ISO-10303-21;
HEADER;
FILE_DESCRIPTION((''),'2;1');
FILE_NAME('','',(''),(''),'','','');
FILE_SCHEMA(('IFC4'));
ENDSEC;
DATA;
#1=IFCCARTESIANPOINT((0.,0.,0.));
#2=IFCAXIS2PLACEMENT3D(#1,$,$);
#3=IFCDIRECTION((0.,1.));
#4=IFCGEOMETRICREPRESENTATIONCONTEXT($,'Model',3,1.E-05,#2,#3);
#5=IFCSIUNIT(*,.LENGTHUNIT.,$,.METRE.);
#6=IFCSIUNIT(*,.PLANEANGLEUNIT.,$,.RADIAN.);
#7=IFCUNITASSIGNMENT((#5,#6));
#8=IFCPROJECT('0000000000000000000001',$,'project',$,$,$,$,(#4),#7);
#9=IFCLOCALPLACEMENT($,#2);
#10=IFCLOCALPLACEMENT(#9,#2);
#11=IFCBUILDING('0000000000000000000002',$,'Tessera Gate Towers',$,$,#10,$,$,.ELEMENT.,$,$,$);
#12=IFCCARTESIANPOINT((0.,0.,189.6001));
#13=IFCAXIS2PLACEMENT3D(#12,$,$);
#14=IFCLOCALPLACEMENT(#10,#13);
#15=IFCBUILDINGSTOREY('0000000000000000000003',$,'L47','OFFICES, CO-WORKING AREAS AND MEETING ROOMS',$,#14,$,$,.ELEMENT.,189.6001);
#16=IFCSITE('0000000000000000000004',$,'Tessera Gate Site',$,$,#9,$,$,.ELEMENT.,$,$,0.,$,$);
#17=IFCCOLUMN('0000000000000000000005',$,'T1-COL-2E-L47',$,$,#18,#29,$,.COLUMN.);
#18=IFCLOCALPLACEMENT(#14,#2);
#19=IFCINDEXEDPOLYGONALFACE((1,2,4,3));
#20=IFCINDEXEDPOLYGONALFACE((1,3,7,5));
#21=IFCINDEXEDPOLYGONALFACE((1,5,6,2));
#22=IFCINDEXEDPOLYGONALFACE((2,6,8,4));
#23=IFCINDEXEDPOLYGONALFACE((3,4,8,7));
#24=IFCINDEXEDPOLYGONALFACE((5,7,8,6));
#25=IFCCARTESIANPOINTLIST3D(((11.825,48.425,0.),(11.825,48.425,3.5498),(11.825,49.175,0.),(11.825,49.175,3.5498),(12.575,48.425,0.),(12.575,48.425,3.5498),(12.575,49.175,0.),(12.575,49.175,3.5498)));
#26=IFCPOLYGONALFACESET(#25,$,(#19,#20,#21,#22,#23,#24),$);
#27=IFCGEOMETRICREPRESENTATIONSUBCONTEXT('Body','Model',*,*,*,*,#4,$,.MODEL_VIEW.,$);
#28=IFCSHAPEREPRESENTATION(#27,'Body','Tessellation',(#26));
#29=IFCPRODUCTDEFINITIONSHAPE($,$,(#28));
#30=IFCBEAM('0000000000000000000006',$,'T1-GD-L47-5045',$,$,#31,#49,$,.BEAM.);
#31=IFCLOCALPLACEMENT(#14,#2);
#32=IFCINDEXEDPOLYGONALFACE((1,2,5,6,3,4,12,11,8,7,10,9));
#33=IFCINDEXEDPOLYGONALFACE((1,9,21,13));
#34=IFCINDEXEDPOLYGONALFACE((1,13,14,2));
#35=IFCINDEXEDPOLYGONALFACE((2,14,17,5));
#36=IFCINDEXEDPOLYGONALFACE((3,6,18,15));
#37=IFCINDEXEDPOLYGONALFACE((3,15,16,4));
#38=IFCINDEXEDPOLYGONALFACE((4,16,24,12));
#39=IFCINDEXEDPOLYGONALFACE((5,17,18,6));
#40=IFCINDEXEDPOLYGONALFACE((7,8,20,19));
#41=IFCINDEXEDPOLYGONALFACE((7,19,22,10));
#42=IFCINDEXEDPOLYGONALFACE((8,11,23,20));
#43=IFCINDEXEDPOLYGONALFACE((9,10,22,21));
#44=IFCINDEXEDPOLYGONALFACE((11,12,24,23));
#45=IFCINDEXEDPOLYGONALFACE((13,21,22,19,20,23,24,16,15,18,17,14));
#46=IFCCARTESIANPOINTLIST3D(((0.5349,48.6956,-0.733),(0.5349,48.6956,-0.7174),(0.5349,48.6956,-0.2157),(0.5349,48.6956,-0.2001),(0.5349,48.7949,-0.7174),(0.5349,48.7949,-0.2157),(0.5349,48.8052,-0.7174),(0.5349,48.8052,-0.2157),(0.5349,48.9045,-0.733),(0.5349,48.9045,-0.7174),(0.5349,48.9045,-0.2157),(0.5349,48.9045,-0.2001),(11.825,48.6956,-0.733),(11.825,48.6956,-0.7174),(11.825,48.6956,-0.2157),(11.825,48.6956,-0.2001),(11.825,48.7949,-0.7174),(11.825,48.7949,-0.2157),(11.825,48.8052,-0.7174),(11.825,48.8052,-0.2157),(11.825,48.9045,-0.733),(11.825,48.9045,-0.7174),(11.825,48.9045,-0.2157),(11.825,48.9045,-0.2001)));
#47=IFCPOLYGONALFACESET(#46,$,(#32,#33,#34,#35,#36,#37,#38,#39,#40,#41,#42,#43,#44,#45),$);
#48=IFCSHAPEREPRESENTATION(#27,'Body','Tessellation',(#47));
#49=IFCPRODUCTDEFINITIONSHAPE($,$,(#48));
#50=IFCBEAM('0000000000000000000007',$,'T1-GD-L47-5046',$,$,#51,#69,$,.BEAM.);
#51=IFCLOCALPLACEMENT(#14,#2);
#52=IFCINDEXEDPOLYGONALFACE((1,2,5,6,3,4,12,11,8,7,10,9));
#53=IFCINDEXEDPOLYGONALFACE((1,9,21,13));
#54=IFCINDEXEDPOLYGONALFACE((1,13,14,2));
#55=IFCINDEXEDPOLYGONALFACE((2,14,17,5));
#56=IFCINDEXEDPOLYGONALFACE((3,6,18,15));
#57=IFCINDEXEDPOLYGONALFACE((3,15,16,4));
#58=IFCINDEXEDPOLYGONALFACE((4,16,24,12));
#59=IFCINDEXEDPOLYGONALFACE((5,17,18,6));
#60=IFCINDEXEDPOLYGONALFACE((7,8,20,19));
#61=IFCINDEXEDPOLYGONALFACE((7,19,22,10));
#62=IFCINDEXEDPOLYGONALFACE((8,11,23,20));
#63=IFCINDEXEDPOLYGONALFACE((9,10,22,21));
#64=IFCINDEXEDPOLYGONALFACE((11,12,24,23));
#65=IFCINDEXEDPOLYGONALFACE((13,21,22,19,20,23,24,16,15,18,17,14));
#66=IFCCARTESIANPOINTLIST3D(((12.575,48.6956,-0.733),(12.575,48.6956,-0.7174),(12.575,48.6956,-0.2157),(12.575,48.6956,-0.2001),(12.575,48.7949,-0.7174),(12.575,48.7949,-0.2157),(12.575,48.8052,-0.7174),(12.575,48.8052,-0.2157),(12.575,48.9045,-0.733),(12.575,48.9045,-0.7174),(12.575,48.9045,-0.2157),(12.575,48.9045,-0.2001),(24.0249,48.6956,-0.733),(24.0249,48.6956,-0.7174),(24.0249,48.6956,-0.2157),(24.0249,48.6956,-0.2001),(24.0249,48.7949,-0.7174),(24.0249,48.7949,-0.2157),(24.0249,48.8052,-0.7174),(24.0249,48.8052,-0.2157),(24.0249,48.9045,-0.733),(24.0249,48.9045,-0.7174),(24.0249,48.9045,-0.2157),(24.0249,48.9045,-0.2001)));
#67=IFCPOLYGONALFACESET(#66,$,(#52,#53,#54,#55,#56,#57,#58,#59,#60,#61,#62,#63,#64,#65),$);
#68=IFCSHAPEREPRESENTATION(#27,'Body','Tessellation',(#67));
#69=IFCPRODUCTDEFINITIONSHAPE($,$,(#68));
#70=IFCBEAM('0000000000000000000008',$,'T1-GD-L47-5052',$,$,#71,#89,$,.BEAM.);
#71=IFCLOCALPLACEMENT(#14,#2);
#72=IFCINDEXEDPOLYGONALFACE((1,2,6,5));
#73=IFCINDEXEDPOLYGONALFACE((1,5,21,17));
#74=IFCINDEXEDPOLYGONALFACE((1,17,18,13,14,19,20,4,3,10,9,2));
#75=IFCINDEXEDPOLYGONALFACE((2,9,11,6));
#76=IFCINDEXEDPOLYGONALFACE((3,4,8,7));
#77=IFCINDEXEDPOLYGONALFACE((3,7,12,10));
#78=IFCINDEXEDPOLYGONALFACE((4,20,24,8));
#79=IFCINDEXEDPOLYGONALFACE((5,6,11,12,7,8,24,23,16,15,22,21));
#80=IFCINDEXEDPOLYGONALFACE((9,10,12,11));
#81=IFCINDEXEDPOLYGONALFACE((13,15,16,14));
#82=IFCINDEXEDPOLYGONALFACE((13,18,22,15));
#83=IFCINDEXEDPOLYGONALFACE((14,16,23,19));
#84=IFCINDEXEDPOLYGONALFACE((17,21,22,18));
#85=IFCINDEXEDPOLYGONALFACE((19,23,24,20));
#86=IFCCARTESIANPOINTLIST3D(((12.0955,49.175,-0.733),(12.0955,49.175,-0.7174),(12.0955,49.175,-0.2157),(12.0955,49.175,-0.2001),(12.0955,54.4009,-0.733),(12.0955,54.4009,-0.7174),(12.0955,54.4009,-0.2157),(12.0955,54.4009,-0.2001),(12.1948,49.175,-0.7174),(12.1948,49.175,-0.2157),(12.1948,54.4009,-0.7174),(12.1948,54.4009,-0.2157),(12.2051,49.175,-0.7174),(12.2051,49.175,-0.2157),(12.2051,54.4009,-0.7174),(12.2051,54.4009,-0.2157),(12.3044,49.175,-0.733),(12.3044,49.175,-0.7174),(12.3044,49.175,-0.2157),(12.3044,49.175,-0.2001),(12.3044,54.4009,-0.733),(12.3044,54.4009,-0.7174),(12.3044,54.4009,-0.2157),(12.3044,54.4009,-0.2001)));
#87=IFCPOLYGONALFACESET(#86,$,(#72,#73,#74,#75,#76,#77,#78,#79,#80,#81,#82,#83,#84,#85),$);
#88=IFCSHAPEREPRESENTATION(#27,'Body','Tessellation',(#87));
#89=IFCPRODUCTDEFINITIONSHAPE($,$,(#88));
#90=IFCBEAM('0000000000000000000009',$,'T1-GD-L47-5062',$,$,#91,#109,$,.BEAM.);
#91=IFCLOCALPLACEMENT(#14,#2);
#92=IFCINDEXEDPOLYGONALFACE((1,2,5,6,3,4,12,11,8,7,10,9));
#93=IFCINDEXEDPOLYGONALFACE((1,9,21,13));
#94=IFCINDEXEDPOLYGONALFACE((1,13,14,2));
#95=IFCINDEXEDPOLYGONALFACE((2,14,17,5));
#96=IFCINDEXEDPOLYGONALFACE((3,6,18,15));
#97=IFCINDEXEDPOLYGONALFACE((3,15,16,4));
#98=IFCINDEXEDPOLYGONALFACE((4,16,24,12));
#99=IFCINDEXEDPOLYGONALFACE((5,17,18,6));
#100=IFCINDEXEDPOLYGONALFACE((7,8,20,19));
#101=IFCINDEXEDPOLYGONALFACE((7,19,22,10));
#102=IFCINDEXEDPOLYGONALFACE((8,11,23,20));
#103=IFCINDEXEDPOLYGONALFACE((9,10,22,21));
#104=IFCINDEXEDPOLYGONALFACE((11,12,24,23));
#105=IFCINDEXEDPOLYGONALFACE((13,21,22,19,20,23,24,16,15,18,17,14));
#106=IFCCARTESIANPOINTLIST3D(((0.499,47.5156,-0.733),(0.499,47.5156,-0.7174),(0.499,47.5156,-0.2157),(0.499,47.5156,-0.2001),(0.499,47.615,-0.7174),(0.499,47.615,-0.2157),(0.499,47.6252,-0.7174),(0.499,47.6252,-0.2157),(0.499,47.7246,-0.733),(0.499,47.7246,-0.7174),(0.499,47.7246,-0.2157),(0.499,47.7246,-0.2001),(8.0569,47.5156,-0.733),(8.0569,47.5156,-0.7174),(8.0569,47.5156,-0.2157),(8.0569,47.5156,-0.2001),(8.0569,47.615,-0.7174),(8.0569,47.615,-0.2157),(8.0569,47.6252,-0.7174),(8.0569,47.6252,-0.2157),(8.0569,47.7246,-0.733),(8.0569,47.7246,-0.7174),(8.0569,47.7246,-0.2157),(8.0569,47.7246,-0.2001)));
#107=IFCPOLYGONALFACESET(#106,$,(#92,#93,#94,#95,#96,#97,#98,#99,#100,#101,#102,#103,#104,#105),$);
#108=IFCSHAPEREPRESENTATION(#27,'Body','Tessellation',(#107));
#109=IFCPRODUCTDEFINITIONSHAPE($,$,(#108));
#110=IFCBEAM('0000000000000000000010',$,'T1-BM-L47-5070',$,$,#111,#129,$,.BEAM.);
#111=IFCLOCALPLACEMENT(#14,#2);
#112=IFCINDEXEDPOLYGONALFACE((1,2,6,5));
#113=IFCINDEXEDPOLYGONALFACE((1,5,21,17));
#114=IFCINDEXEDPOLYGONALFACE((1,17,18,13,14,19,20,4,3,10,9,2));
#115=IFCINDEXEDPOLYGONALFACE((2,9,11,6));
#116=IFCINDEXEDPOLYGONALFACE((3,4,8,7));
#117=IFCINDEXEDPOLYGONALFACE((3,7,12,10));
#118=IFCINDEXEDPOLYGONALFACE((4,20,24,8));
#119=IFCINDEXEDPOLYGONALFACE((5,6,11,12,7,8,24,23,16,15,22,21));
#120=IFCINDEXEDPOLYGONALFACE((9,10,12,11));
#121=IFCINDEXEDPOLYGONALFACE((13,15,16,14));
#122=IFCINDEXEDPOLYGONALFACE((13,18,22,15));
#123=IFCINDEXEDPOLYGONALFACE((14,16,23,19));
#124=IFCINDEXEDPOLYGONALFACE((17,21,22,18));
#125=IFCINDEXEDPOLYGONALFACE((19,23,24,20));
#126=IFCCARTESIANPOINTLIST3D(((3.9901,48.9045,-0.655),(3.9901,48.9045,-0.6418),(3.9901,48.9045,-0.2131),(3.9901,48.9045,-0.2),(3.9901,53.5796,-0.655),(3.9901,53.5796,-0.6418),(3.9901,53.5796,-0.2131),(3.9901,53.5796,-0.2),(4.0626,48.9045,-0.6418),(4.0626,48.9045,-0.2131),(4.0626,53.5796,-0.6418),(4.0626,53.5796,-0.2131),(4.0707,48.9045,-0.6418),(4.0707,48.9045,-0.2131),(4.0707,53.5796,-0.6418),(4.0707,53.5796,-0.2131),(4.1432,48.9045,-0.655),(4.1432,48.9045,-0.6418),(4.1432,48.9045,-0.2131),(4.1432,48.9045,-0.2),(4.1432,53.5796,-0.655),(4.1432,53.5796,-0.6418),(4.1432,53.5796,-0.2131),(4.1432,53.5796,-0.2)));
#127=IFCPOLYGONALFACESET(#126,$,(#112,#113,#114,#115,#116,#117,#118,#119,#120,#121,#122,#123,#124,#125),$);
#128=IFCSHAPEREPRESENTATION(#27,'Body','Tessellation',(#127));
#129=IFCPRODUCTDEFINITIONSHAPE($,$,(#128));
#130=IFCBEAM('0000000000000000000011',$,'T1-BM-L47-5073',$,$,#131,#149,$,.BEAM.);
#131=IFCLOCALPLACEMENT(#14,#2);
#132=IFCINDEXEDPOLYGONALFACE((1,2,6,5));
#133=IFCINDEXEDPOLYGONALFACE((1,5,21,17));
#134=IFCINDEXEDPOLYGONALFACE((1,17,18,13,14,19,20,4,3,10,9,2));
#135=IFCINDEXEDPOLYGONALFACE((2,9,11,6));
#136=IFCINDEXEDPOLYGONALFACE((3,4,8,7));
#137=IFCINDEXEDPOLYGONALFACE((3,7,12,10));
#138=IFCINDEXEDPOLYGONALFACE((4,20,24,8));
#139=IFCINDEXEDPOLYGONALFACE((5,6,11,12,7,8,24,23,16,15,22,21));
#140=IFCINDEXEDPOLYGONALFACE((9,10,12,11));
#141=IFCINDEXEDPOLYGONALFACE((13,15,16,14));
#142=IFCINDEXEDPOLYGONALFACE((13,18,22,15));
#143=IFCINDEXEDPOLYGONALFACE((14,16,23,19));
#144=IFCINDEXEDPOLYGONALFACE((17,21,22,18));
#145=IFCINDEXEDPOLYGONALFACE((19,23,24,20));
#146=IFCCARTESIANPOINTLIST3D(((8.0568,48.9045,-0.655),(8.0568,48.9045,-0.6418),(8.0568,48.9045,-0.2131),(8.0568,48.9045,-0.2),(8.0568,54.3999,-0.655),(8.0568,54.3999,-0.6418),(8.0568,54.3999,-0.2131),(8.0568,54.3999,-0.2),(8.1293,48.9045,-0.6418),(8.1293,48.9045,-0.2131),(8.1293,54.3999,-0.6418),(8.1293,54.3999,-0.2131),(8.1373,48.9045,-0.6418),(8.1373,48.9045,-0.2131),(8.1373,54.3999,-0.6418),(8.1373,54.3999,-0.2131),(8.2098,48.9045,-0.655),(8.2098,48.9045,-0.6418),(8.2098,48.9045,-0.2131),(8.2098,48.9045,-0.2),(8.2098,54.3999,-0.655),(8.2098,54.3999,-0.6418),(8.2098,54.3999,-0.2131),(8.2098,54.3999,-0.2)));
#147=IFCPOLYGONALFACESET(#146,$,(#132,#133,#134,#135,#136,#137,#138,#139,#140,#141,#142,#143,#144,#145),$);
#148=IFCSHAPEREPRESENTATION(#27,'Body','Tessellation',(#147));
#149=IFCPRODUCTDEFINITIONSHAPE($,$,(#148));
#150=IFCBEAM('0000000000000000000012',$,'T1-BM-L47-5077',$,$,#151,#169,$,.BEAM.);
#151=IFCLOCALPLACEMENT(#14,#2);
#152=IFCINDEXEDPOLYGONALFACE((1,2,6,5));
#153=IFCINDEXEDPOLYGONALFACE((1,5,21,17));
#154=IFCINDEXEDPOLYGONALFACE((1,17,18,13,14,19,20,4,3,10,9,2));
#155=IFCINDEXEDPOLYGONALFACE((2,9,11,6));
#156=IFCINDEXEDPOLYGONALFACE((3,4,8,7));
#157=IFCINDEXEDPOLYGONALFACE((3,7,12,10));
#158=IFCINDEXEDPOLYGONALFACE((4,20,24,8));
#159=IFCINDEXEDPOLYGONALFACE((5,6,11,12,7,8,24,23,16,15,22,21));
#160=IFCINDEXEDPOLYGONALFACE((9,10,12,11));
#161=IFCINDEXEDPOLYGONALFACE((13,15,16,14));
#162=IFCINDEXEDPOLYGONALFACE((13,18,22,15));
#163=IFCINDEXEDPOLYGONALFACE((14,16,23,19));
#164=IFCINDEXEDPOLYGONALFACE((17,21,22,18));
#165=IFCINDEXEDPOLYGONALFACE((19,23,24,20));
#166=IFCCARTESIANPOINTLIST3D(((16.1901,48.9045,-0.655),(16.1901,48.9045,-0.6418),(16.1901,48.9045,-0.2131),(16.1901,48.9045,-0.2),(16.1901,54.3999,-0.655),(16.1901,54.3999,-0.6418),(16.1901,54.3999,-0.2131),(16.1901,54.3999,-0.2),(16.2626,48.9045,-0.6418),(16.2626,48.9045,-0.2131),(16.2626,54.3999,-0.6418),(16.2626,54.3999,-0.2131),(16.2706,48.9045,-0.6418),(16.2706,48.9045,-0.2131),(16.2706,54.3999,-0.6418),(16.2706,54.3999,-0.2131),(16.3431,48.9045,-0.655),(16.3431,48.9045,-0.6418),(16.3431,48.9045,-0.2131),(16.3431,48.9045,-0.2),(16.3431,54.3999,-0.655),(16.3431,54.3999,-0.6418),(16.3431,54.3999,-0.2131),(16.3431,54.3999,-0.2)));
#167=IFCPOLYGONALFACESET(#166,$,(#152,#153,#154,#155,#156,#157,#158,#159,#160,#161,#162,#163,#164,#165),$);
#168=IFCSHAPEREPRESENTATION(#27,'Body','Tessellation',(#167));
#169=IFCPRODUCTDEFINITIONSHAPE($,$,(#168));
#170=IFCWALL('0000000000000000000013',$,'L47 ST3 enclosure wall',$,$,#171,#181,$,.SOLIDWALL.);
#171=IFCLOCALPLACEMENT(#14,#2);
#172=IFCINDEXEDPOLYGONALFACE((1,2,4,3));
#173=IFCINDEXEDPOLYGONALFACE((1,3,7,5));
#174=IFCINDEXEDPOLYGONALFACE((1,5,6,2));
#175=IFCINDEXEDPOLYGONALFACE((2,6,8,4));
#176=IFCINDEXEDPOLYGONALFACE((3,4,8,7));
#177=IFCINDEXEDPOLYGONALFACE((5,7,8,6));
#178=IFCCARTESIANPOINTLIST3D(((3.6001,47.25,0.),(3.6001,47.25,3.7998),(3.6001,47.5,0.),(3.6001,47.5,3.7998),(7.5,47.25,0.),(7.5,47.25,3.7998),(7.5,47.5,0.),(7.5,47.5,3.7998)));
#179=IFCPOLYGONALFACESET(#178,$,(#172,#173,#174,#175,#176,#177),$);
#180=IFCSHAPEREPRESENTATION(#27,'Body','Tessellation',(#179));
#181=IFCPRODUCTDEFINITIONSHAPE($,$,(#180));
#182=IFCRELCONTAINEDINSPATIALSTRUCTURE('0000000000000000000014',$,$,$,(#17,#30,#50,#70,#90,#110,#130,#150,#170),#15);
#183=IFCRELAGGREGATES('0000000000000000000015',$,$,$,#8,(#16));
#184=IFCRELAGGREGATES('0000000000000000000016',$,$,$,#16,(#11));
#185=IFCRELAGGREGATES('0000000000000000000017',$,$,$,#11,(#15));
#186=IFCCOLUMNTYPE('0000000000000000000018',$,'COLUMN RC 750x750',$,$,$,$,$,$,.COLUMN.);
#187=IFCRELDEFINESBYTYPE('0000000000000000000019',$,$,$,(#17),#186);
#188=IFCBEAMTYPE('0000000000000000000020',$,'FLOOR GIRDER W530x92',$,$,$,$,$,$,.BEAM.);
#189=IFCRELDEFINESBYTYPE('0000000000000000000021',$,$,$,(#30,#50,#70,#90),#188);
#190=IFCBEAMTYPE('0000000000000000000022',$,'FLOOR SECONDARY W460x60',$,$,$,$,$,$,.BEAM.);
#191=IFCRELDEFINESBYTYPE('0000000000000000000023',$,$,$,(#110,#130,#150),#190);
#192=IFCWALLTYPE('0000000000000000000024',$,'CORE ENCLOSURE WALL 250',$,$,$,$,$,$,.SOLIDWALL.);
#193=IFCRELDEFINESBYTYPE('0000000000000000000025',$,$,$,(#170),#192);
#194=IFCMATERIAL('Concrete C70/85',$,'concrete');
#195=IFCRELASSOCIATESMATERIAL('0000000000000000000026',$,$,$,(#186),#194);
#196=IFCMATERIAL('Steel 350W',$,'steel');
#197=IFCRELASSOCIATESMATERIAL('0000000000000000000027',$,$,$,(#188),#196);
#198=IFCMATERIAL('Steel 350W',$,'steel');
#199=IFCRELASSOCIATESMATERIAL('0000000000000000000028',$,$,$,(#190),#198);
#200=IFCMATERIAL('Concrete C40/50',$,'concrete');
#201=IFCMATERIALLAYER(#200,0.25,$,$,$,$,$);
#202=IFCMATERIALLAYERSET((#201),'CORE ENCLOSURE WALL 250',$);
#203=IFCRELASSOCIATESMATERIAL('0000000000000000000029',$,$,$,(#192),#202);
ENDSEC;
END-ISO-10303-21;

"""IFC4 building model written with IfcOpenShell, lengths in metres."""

from ifc_helpers import new_model, si_unit, direction, frame, frame_2d, origin, origin_2d, place, context, subcontext, project, spatial, rectangle, i_section, extrude, material, layer, layer_set, material_profile, profile_set, type_object, element, save


model = new_model("IFC4")

# Units and contexts
model_context = context("Model", 3, precision=1e-05, world=origin(), true_north=direction((0.0, 1.0)))
body_context = subcontext(model_context, "Body", "Model", "MODEL_VIEW")
ifc_project = project(units=[si_unit("LENGTHUNIT", "METRE"), si_unit("PLANEANGLEUNIT", "RADIAN")], contexts=[model_context])

# Site, building, storey
site_placement = place(None, origin())
site = spatial("IfcSite", under=ifc_project, at=site_placement, Name="Tessera Gate Site", CompositionType="ELEMENT", RefElevation=0.0)
building_placement = place(site_placement, origin())
building = spatial("IfcBuilding", under=site, at=building_placement, Name="Tessera Gate Towers", CompositionType="ELEMENT")
storey_placement = place(building_placement, frame((0.0, 0.0, 189.6001)))
storey = spatial("IfcBuildingStorey", under=building, at=storey_placement, Name="L47", Description="OFFICES, CO-WORKING AREAS AND MEETING ROOMS", CompositionType="ELEMENT", Elevation=189.6001)

# Column
ifc_material_1 = material(Name="Concrete C70/85", Category="concrete")
ifc_material_profile_1 = material_profile(ifc_material_1, rectangle(XDim=0.75, YDim=0.75, at=origin_2d()), Name="RC 750x750")
ifc_profile_set_1 = profile_set([ifc_material_profile_1], Name="Concrete C70/85")
column_type = type_object("IfcColumnType", Name="COLUMN RC 750x750", PredefinedType="COLUMN", material=ifc_profile_set_1)
column_placement = place(storey_placement, frame((12.2, 48.8, 0.0), z_axis=(0.0, 0.0, 1.0), x_axis=(1.0, 0.0, 0.0)))
element("IfcColumn", 1, at=column_placement, inside=storey, type_object=column_type, Name="T1-COL-2E-L47", PredefinedType="COLUMN", context=body_context, shape_type="SweptSolid", body=[
    extrude(rectangle(XDim=0.75, YDim=0.75, at=origin_2d()), origin(), (0.0, 0.0, 1.0), 3.5498),
])

# Beams
ifc_material_2 = material(Name="Steel 350W", Category="steel")
ifc_material_profile_2 = material_profile(ifc_material_2, i_section(OverallWidth=0.209, OverallDepth=0.533, WebThickness=0.0103, FlangeThickness=0.0156, at=origin_2d()), Name="W530x92")
ifc_profile_set_2 = profile_set([ifc_material_profile_2], Name="Steel 350W")
beam_type_1 = type_object("IfcBeamType", Name="FLOOR GIRDER W530x92", PredefinedType="BEAM", material=ifc_profile_set_2)
beam_1_placement = place(storey_placement, frame((0.5349, 48.8, -0.4666), z_axis=(1.0, 0.0, 0.0), x_axis=(0.0, 1.0, 0.0)))
element("IfcBeam", 2, at=beam_1_placement, inside=storey, type_object=beam_type_1, Name="T1-GD-L47-5045", PredefinedType="BEAM", context=body_context, shape_type="SweptSolid", body=[
    extrude(i_section(OverallWidth=0.209, OverallDepth=0.533, WebThickness=0.0103, FlangeThickness=0.0156, at=origin_2d()), origin(), (0.0, 0.0, 1.0), 11.29),
])
beam_2_placement = place(storey_placement, frame((12.575, 48.8, -0.4666), z_axis=(1.0, 0.0, 0.0), x_axis=(0.0, 1.0, 0.0)))
element("IfcBeam", 3, at=beam_2_placement, inside=storey, type_object=beam_type_1, Name="T1-GD-L47-5046", PredefinedType="BEAM", context=body_context, shape_type="SweptSolid", body=[
    extrude(i_section(OverallWidth=0.209, OverallDepth=0.533, WebThickness=0.0103, FlangeThickness=0.0156, at=origin_2d()), origin(), (0.0, 0.0, 1.0), 11.45),
])
beam_3_placement = place(storey_placement, frame((12.2, 49.175, -0.4666), z_axis=(0.0, 1.0, 0.0), x_axis=(-1.0, 0.0, 0.0)))
element("IfcBeam", 4, at=beam_3_placement, inside=storey, type_object=beam_type_1, Name="T1-GD-L47-5052", PredefinedType="BEAM", context=body_context, shape_type="SweptSolid", body=[
    extrude(i_section(OverallWidth=0.209, OverallDepth=0.533, WebThickness=0.0103, FlangeThickness=0.0156, at=origin_2d()), origin(), (0.0, 0.0, 1.0), 5.2258),
])
beam_4_placement = place(storey_placement, frame((0.499, 47.6201, -0.4666), z_axis=(1.0, 0.0, 0.0), x_axis=(0.0, 1.0, 0.0)))
element("IfcBeam", 5, at=beam_4_placement, inside=storey, type_object=beam_type_1, Name="T1-GD-L47-5062", PredefinedType="BEAM", context=body_context, shape_type="SweptSolid", body=[
    extrude(i_section(OverallWidth=0.209, OverallDepth=0.533, WebThickness=0.0103, FlangeThickness=0.0156, at=origin_2d()), origin(), (0.0, 0.0, 1.0), 7.5579),
])
ifc_material_3 = material(Name="Steel 350W", Category="steel")
ifc_material_profile_3 = material_profile(ifc_material_3, i_section(OverallWidth=0.1531, OverallDepth=0.4551, WebThickness=0.0081, FlangeThickness=0.0132, at=origin_2d()), Name="W460x60")
ifc_profile_set_3 = profile_set([ifc_material_profile_3], Name="Steel 350W")
beam_type_2 = type_object("IfcBeamType", Name="FLOOR SECONDARY W460x60", PredefinedType="BEAM", material=ifc_profile_set_3)
beam_5_placement = place(storey_placement, frame((4.0667, 48.9045, -0.4275), z_axis=(0.0, 1.0, 0.0), x_axis=(-1.0, 0.0, 0.0)))
element("IfcBeam", 6, at=beam_5_placement, inside=storey, type_object=beam_type_2, Name="T1-BM-L47-5070", PredefinedType="BEAM", context=body_context, shape_type="SweptSolid", body=[
    extrude(i_section(OverallWidth=0.1531, OverallDepth=0.4551, WebThickness=0.0081, FlangeThickness=0.0132, at=origin_2d()), origin(), (0.0, 0.0, 1.0), 4.675),
])
for number, where, z_axis, x_axis, name in (
    (7, (8.1333, 48.9045, -0.4275), (0.0, 1.0, 0.0), (-1.0, 0.0, 0.0), "T1-BM-L47-5073"),
    (8, (16.2666, 48.9045, -0.4275), (0.0, 1.0, 0.0), (-1.0, 0.0, 0.0), "T1-BM-L47-5077"),
):
    element("IfcBeam", number, at=place(storey_placement, frame(where, z_axis=z_axis, x_axis=x_axis)), inside=storey, type_object=beam_type_2, Name=name, PredefinedType="BEAM", context=body_context, shape_type="SweptSolid", body=[
        extrude(i_section(OverallWidth=0.1531, OverallDepth=0.4551, WebThickness=0.0081, FlangeThickness=0.0132, at=origin_2d()), origin(), (0.0, 0.0, 1.0), 5.4954),
    ])

# Wall
ifc_material_4 = material(Name="Concrete C40/50", Category="concrete")
ifc_layer_1 = layer(ifc_material_4, 0.25)
ifc_layer_set_1 = layer_set([ifc_layer_1], Name="CORE ENCLOSURE WALL 250")
wall_type_1 = type_object("IfcWallType", Name="CORE ENCLOSURE WALL 250", PredefinedType="SOLIDWALL", material=ifc_layer_set_1)
wall_1_placement = place(storey_placement, frame((3.6001, 47.375, 0.0), z_axis=(0.0, 0.0, 1.0), x_axis=(1.0, 0.0, 0.0)))
element("IfcWall", 9, at=wall_1_placement, inside=storey, type_object=wall_type_1, Name="L47 ST3 enclosure wall", PredefinedType="SOLIDWALL", context=body_context, shape_type="SweptSolid", body=[
    extrude(rectangle(XDim=3.8999, YDim=0.25, at=frame_2d((1.95, 0.0))), origin(), (0.0, 0.0, 1.0), 3.7998),
])

save(model, "model.ifc")
